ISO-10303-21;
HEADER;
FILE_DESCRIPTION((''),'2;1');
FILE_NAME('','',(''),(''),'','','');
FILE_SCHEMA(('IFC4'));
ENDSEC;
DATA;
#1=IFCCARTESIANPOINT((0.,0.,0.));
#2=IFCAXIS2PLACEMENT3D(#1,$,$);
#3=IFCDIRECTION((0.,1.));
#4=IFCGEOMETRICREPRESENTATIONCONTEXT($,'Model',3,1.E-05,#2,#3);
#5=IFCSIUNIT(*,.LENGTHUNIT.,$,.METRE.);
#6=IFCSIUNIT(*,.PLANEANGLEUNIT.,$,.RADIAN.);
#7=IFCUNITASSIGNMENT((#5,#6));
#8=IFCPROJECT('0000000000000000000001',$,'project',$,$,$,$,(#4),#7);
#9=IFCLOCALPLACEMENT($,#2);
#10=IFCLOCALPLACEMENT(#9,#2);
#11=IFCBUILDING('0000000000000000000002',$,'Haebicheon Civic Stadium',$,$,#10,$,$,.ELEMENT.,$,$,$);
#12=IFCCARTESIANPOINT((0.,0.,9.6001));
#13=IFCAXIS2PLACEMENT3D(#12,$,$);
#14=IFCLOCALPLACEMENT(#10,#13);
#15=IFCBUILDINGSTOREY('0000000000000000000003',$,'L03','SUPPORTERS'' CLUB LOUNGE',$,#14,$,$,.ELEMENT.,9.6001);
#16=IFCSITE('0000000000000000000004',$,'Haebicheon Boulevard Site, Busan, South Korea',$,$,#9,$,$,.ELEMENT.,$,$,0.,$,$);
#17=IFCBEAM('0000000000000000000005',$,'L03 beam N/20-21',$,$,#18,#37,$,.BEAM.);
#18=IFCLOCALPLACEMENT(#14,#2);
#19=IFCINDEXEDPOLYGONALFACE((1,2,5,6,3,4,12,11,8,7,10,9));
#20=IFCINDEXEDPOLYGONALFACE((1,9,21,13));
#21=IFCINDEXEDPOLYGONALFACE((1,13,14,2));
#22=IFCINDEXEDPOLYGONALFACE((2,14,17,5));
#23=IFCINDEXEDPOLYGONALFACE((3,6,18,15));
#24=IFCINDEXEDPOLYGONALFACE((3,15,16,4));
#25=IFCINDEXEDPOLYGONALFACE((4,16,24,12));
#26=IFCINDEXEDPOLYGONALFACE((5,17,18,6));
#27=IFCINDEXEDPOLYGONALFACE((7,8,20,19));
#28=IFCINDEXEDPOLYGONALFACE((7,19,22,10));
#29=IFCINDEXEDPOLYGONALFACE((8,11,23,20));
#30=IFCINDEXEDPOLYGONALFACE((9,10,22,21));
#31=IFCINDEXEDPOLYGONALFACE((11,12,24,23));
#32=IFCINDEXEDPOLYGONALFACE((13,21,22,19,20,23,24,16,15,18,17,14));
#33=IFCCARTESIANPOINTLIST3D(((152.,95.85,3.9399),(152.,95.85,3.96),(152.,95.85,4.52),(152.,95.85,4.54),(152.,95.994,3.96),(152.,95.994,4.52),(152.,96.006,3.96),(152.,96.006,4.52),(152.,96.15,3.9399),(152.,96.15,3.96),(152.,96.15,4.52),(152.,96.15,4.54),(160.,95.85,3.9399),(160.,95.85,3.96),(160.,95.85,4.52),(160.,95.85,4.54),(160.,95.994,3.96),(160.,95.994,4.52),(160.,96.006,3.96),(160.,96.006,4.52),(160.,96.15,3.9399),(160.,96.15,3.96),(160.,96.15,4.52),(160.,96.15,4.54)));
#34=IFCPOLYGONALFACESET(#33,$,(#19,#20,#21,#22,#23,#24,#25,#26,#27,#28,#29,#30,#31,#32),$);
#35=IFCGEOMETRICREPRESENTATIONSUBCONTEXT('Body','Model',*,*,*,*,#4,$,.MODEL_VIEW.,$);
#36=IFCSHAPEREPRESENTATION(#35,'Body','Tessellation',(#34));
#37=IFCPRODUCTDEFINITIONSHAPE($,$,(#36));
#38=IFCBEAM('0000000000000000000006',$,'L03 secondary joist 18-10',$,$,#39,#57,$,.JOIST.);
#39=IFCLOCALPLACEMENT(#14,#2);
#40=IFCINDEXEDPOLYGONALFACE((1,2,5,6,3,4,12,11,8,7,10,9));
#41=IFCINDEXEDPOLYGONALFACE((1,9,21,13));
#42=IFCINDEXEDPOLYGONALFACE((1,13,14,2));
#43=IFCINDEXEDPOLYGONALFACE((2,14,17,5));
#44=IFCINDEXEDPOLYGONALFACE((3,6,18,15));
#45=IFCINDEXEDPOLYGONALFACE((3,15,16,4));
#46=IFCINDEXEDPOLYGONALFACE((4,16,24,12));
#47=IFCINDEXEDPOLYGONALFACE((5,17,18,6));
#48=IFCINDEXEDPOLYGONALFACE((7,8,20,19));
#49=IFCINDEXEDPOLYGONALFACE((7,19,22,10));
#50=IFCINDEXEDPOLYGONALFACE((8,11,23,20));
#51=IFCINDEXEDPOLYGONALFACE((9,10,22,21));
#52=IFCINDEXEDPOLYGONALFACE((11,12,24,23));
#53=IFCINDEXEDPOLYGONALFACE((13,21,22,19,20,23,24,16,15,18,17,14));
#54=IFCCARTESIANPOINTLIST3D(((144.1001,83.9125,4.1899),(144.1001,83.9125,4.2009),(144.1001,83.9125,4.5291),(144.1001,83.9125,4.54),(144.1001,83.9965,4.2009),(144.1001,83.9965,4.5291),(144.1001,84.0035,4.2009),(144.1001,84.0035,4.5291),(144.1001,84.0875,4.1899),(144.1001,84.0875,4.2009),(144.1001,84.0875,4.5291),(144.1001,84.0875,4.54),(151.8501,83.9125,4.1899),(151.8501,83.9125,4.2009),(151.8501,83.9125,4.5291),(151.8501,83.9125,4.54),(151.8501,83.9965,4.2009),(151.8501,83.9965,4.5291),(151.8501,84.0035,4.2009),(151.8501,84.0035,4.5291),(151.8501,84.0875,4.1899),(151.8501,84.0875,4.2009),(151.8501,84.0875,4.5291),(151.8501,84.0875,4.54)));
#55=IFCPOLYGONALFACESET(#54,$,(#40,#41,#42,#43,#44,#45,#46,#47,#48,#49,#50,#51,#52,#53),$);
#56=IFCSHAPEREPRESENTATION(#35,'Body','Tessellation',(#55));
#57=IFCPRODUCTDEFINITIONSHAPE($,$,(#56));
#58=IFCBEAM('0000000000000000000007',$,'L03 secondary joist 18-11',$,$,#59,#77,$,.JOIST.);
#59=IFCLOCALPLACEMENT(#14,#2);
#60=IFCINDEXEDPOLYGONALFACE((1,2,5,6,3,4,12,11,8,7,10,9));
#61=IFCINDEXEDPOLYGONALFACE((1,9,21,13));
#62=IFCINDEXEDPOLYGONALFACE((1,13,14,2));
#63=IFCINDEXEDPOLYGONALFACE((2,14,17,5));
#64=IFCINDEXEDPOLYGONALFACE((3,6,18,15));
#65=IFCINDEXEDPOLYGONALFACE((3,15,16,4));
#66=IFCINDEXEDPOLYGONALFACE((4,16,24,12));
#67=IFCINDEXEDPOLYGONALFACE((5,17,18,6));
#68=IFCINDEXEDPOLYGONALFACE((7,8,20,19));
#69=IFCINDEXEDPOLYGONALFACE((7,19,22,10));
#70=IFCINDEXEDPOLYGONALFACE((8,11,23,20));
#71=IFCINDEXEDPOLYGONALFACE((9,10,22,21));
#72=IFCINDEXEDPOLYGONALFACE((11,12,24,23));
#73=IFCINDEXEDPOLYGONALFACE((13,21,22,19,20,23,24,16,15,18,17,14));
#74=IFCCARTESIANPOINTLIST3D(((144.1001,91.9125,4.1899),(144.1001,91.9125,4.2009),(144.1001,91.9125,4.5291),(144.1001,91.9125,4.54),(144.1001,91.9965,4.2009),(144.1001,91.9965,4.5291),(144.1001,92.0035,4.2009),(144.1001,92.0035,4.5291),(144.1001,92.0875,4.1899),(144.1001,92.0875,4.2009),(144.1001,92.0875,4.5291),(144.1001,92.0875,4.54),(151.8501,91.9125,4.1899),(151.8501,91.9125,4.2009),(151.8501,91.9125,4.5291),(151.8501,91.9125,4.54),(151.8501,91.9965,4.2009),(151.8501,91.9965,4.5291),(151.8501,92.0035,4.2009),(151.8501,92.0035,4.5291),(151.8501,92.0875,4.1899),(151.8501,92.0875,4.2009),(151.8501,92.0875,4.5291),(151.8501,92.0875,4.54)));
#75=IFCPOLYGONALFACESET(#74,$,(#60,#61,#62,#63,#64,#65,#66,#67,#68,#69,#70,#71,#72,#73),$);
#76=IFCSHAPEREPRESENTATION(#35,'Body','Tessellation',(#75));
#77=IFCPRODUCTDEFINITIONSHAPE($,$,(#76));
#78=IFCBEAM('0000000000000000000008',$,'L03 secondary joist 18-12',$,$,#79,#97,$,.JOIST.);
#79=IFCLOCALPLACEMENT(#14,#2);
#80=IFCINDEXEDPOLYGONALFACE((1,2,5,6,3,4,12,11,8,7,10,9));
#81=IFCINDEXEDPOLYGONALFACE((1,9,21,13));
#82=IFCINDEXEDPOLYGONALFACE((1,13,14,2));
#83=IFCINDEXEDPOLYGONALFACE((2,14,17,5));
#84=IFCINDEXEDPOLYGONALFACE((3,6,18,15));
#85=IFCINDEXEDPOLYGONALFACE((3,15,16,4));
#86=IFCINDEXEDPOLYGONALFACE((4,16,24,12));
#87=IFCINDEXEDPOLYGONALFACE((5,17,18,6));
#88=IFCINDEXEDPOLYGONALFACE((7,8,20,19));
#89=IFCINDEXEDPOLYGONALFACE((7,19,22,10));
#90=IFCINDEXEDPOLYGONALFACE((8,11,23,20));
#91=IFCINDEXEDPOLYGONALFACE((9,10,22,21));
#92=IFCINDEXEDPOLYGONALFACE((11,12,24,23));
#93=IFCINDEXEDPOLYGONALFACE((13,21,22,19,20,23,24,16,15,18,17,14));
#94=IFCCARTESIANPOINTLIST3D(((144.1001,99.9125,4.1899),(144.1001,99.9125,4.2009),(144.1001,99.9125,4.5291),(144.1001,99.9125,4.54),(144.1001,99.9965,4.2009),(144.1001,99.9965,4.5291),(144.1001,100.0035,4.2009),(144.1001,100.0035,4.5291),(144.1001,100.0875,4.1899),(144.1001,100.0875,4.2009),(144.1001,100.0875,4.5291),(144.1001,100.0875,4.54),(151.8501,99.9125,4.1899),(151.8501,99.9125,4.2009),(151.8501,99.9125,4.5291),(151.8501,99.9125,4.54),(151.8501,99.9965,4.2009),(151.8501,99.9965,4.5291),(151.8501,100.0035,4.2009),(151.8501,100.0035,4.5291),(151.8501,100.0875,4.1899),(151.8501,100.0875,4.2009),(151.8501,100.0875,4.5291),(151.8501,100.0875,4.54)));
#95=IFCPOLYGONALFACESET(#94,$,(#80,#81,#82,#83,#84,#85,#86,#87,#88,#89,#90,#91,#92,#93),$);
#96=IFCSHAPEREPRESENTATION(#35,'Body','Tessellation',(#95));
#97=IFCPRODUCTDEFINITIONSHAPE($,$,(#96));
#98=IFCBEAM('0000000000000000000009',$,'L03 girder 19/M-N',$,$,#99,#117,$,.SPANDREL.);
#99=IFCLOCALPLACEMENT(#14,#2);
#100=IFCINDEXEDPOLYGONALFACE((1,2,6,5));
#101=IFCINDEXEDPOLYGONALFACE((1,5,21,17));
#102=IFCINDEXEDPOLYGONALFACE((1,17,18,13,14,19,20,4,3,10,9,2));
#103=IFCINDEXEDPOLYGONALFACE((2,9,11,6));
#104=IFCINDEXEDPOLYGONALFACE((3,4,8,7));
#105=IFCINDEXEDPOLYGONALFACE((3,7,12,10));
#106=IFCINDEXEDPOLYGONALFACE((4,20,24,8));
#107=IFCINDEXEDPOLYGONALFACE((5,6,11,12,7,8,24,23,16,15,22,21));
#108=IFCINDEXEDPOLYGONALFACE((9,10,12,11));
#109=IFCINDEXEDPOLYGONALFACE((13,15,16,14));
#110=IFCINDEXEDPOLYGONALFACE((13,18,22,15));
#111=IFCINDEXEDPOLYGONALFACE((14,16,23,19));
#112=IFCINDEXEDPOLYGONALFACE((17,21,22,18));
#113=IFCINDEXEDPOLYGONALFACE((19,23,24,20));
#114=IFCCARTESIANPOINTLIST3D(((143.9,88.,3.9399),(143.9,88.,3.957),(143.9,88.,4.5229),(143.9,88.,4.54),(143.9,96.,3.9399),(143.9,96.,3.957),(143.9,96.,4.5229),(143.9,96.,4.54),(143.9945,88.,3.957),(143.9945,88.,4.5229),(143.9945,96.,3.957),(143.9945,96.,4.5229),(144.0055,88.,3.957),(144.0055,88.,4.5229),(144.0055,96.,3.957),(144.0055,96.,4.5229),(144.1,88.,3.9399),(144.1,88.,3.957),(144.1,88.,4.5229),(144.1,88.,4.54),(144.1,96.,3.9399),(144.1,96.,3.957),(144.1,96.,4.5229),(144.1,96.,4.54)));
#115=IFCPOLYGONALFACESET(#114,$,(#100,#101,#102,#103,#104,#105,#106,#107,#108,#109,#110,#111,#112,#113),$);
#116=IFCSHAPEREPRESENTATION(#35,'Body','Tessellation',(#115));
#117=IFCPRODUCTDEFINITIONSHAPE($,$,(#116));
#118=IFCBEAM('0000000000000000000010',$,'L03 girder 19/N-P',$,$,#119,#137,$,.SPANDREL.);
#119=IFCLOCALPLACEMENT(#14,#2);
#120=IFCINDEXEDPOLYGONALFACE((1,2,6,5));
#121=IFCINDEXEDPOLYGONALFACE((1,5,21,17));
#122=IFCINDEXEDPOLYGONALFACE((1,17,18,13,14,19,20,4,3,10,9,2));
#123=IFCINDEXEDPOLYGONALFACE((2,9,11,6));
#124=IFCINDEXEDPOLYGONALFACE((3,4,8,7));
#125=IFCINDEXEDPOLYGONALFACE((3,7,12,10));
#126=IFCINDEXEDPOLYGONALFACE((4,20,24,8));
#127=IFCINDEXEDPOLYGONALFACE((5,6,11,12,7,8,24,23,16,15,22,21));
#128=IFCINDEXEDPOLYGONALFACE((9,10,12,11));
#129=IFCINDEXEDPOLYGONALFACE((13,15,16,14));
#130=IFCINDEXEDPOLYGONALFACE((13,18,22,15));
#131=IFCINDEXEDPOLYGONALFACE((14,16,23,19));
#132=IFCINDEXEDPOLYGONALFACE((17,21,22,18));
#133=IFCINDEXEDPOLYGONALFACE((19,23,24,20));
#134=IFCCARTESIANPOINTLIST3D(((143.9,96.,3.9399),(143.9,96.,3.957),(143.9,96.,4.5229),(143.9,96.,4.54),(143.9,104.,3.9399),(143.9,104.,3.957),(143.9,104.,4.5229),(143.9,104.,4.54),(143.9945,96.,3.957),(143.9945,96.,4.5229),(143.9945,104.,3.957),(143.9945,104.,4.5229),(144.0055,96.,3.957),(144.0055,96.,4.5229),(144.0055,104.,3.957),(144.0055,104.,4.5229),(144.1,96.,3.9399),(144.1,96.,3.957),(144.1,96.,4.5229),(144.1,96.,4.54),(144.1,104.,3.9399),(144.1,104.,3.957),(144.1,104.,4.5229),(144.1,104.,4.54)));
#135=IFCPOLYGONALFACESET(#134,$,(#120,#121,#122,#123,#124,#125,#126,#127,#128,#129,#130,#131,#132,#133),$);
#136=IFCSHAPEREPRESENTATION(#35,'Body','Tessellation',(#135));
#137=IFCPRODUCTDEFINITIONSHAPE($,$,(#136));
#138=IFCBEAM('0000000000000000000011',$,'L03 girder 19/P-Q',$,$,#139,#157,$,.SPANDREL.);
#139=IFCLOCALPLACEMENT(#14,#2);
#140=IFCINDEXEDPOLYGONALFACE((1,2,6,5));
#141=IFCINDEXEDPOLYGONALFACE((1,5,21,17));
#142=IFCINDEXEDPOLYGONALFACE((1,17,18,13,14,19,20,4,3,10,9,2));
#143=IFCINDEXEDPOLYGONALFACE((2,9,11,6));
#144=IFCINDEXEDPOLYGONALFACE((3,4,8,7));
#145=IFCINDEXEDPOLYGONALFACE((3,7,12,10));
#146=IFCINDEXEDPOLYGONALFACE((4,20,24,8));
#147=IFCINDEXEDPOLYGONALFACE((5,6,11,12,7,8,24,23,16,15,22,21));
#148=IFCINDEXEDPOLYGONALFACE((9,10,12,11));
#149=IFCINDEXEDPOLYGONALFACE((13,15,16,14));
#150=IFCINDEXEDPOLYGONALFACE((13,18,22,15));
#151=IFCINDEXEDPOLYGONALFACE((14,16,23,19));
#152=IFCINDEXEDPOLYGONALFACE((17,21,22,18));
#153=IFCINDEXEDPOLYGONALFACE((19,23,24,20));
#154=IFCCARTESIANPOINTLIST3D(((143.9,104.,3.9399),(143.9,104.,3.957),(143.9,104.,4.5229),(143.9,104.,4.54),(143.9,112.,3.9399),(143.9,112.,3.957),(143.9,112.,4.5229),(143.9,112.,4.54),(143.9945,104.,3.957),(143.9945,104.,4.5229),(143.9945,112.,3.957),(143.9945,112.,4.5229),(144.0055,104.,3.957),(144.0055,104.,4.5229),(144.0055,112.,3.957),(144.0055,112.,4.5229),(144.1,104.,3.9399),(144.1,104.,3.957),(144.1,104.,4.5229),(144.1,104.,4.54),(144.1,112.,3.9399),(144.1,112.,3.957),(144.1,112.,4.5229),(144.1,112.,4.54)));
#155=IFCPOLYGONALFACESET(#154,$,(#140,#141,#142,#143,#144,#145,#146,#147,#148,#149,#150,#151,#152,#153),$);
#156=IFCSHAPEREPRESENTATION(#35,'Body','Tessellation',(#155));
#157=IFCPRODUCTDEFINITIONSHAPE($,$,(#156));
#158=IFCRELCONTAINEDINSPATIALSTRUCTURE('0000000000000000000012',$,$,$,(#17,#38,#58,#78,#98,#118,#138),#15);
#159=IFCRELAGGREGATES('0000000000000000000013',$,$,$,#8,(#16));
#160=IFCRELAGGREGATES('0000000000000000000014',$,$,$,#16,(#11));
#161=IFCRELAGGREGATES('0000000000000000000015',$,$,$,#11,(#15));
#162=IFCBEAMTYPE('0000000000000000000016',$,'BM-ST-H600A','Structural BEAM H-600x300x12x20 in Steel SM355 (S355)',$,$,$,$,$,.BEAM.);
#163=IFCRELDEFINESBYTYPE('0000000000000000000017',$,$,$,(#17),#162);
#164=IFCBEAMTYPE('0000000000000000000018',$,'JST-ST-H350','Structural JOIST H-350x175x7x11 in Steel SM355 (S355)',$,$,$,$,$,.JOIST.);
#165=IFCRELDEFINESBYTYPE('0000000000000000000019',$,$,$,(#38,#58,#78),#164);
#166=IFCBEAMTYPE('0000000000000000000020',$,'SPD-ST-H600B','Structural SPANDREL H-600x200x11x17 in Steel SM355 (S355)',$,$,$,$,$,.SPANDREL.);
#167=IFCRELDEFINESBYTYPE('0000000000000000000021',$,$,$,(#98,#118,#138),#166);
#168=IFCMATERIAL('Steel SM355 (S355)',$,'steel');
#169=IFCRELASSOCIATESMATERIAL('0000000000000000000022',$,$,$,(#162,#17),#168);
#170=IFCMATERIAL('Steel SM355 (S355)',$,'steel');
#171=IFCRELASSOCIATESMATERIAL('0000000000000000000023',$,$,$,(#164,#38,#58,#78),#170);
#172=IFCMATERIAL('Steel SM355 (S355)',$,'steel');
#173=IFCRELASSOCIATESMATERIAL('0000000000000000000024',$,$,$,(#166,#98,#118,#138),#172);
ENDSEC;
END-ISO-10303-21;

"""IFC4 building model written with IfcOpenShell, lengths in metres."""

from ifc_helpers import new_model, si_unit, direction, frame, origin, origin_2d, place, context, subcontext, project, spatial, i_section, extrude, material, material_profile, profile_set, type_object, element, save


model = new_model("IFC4")

# Units and contexts
model_context = context("Model", 3, precision=1e-05, world=origin(), true_north=direction((0.0, 1.0)))
body_context = subcontext(model_context, "Body", "Model", "MODEL_VIEW")
ifc_project = project(units=[si_unit("LENGTHUNIT", "METRE"), si_unit("PLANEANGLEUNIT", "RADIAN")], contexts=[model_context])

# Site, building, storey
site_placement = place(None, origin())
site = spatial("IfcSite", under=ifc_project, at=site_placement, Name="Haebicheon Boulevard Site, Busan, South Korea", CompositionType="ELEMENT", RefElevation=0.0)
building_placement = place(site_placement, origin())
building = spatial("IfcBuilding", under=site, at=building_placement, Name="Haebicheon Civic Stadium", CompositionType="ELEMENT")
storey_placement = place(building_placement, frame((0.0, 0.0, 9.6001)))
storey = spatial("IfcBuildingStorey", under=building, at=storey_placement, Name="L03", Description="SUPPORTERS' CLUB LOUNGE", CompositionType="ELEMENT", Elevation=9.6001)

# Beams
ifc_material_1 = material(Name="Steel SM355 (S355)", Category="steel")
ifc_material_profile_1 = material_profile(ifc_material_1, i_section(OverallWidth=0.3, OverallDepth=0.6001, WebThickness=0.012, FlangeThickness=0.02, at=origin_2d()), Name="H-600x300x12x20")
ifc_profile_set_1 = profile_set([ifc_material_profile_1], Name="Steel SM355 (S355)")
beam_type_1 = type_object("IfcBeamType", Name="BM-ST-H600A", Description="Structural BEAM H-600x300x12x20 in Steel SM355 (S355)", PredefinedType="BEAM", material=ifc_profile_set_1)
for number, where, z_axis, x_axis, name in (
    (1, (152.0, 96.0, 4.24), (1.0, 0.0, 0.0), (0.0, 1.0, 0.0), "L03 beam N/20-21"),
):
    element("IfcBeam", number, at=place(storey_placement, frame(where, z_axis=z_axis, x_axis=x_axis)), inside=storey, type_object=beam_type_1, material=ifc_profile_set_1, Name=name, PredefinedType="BEAM", context=body_context, shape_type="SweptSolid", body=[
        extrude(i_section(OverallWidth=0.3, OverallDepth=0.6001, WebThickness=0.012, FlangeThickness=0.02, at=origin_2d()), origin(), (0.0, 0.0, 1.0), 8.0),
    ])
ifc_material_2 = material(Name="Steel SM355 (S355)", Category="steel")
ifc_material_profile_2 = material_profile(ifc_material_2, i_section(OverallWidth=0.175, OverallDepth=0.3501, WebThickness=0.0071, FlangeThickness=0.011, at=origin_2d()), Name="H-350x175x7x11")
ifc_profile_set_2 = profile_set([ifc_material_profile_2], Name="Steel SM355 (S355)")
beam_type_2 = type_object("IfcBeamType", Name="JST-ST-H350", Description="Structural JOIST H-350x175x7x11 in Steel SM355 (S355)", PredefinedType="JOIST", material=ifc_profile_set_2)
for number, where, z_axis, x_axis, name in (
    (2, (144.1001, 84.0, 4.365), (1.0, 0.0, 0.0), (0.0, 1.0, 0.0), "L03 secondary joist 18-10"),
    (3, (144.1001, 92.0, 4.365), (1.0, 0.0, 0.0), (0.0, 1.0, 0.0), "L03 secondary joist 18-11"),
    (4, (144.1001, 100.0, 4.365), (1.0, 0.0, 0.0), (0.0, 1.0, 0.0), "L03 secondary joist 18-12"),
):
    element("IfcBeam", number, at=place(storey_placement, frame(where, z_axis=z_axis, x_axis=x_axis)), inside=storey, type_object=beam_type_2, material=ifc_profile_set_2, Name=name, PredefinedType="JOIST", context=body_context, shape_type="SweptSolid", body=[
        extrude(i_section(OverallWidth=0.175, OverallDepth=0.3501, WebThickness=0.0071, FlangeThickness=0.011, at=origin_2d()), origin(), (0.0, 0.0, 1.0), 7.75),
    ])
ifc_material_3 = material(Name="Steel SM355 (S355)", Category="steel")
ifc_material_profile_3 = material_profile(ifc_material_3, i_section(OverallWidth=0.2, OverallDepth=0.6001, WebThickness=0.011, FlangeThickness=0.0171, at=origin_2d()), Name="H-600x200x11x17")
ifc_profile_set_3 = profile_set([ifc_material_profile_3], Name="Steel SM355 (S355)")
beam_type_3 = type_object("IfcBeamType", Name="SPD-ST-H600B", Description="Structural SPANDREL H-600x200x11x17 in Steel SM355 (S355)", PredefinedType="SPANDREL", material=ifc_profile_set_3)
for number, where, z_axis, x_axis, name in (
    (5, (144.0, 88.0, 4.24), (0.0, 1.0, 0.0), (-1.0, 0.0, 0.0), "L03 girder 19/M-N"),
    (6, (144.0, 96.0, 4.24), (0.0, 1.0, 0.0), (-1.0, 0.0, 0.0), "L03 girder 19/N-P"),
    (7, (144.0, 104.0, 4.24), (0.0, 1.0, 0.0), (-1.0, 0.0, 0.0), "L03 girder 19/P-Q"),
):
    element("IfcBeam", number, at=place(storey_placement, frame(where, z_axis=z_axis, x_axis=x_axis)), inside=storey, type_object=beam_type_3, material=ifc_profile_set_3, Name=name, PredefinedType="SPANDREL", context=body_context, shape_type="SweptSolid", body=[
        extrude(i_section(OverallWidth=0.2, OverallDepth=0.6001, WebThickness=0.011, FlangeThickness=0.0171, at=origin_2d()), origin(), (0.0, 0.0, 1.0), 8.0),
    ])

save(model, "model.ifc")
